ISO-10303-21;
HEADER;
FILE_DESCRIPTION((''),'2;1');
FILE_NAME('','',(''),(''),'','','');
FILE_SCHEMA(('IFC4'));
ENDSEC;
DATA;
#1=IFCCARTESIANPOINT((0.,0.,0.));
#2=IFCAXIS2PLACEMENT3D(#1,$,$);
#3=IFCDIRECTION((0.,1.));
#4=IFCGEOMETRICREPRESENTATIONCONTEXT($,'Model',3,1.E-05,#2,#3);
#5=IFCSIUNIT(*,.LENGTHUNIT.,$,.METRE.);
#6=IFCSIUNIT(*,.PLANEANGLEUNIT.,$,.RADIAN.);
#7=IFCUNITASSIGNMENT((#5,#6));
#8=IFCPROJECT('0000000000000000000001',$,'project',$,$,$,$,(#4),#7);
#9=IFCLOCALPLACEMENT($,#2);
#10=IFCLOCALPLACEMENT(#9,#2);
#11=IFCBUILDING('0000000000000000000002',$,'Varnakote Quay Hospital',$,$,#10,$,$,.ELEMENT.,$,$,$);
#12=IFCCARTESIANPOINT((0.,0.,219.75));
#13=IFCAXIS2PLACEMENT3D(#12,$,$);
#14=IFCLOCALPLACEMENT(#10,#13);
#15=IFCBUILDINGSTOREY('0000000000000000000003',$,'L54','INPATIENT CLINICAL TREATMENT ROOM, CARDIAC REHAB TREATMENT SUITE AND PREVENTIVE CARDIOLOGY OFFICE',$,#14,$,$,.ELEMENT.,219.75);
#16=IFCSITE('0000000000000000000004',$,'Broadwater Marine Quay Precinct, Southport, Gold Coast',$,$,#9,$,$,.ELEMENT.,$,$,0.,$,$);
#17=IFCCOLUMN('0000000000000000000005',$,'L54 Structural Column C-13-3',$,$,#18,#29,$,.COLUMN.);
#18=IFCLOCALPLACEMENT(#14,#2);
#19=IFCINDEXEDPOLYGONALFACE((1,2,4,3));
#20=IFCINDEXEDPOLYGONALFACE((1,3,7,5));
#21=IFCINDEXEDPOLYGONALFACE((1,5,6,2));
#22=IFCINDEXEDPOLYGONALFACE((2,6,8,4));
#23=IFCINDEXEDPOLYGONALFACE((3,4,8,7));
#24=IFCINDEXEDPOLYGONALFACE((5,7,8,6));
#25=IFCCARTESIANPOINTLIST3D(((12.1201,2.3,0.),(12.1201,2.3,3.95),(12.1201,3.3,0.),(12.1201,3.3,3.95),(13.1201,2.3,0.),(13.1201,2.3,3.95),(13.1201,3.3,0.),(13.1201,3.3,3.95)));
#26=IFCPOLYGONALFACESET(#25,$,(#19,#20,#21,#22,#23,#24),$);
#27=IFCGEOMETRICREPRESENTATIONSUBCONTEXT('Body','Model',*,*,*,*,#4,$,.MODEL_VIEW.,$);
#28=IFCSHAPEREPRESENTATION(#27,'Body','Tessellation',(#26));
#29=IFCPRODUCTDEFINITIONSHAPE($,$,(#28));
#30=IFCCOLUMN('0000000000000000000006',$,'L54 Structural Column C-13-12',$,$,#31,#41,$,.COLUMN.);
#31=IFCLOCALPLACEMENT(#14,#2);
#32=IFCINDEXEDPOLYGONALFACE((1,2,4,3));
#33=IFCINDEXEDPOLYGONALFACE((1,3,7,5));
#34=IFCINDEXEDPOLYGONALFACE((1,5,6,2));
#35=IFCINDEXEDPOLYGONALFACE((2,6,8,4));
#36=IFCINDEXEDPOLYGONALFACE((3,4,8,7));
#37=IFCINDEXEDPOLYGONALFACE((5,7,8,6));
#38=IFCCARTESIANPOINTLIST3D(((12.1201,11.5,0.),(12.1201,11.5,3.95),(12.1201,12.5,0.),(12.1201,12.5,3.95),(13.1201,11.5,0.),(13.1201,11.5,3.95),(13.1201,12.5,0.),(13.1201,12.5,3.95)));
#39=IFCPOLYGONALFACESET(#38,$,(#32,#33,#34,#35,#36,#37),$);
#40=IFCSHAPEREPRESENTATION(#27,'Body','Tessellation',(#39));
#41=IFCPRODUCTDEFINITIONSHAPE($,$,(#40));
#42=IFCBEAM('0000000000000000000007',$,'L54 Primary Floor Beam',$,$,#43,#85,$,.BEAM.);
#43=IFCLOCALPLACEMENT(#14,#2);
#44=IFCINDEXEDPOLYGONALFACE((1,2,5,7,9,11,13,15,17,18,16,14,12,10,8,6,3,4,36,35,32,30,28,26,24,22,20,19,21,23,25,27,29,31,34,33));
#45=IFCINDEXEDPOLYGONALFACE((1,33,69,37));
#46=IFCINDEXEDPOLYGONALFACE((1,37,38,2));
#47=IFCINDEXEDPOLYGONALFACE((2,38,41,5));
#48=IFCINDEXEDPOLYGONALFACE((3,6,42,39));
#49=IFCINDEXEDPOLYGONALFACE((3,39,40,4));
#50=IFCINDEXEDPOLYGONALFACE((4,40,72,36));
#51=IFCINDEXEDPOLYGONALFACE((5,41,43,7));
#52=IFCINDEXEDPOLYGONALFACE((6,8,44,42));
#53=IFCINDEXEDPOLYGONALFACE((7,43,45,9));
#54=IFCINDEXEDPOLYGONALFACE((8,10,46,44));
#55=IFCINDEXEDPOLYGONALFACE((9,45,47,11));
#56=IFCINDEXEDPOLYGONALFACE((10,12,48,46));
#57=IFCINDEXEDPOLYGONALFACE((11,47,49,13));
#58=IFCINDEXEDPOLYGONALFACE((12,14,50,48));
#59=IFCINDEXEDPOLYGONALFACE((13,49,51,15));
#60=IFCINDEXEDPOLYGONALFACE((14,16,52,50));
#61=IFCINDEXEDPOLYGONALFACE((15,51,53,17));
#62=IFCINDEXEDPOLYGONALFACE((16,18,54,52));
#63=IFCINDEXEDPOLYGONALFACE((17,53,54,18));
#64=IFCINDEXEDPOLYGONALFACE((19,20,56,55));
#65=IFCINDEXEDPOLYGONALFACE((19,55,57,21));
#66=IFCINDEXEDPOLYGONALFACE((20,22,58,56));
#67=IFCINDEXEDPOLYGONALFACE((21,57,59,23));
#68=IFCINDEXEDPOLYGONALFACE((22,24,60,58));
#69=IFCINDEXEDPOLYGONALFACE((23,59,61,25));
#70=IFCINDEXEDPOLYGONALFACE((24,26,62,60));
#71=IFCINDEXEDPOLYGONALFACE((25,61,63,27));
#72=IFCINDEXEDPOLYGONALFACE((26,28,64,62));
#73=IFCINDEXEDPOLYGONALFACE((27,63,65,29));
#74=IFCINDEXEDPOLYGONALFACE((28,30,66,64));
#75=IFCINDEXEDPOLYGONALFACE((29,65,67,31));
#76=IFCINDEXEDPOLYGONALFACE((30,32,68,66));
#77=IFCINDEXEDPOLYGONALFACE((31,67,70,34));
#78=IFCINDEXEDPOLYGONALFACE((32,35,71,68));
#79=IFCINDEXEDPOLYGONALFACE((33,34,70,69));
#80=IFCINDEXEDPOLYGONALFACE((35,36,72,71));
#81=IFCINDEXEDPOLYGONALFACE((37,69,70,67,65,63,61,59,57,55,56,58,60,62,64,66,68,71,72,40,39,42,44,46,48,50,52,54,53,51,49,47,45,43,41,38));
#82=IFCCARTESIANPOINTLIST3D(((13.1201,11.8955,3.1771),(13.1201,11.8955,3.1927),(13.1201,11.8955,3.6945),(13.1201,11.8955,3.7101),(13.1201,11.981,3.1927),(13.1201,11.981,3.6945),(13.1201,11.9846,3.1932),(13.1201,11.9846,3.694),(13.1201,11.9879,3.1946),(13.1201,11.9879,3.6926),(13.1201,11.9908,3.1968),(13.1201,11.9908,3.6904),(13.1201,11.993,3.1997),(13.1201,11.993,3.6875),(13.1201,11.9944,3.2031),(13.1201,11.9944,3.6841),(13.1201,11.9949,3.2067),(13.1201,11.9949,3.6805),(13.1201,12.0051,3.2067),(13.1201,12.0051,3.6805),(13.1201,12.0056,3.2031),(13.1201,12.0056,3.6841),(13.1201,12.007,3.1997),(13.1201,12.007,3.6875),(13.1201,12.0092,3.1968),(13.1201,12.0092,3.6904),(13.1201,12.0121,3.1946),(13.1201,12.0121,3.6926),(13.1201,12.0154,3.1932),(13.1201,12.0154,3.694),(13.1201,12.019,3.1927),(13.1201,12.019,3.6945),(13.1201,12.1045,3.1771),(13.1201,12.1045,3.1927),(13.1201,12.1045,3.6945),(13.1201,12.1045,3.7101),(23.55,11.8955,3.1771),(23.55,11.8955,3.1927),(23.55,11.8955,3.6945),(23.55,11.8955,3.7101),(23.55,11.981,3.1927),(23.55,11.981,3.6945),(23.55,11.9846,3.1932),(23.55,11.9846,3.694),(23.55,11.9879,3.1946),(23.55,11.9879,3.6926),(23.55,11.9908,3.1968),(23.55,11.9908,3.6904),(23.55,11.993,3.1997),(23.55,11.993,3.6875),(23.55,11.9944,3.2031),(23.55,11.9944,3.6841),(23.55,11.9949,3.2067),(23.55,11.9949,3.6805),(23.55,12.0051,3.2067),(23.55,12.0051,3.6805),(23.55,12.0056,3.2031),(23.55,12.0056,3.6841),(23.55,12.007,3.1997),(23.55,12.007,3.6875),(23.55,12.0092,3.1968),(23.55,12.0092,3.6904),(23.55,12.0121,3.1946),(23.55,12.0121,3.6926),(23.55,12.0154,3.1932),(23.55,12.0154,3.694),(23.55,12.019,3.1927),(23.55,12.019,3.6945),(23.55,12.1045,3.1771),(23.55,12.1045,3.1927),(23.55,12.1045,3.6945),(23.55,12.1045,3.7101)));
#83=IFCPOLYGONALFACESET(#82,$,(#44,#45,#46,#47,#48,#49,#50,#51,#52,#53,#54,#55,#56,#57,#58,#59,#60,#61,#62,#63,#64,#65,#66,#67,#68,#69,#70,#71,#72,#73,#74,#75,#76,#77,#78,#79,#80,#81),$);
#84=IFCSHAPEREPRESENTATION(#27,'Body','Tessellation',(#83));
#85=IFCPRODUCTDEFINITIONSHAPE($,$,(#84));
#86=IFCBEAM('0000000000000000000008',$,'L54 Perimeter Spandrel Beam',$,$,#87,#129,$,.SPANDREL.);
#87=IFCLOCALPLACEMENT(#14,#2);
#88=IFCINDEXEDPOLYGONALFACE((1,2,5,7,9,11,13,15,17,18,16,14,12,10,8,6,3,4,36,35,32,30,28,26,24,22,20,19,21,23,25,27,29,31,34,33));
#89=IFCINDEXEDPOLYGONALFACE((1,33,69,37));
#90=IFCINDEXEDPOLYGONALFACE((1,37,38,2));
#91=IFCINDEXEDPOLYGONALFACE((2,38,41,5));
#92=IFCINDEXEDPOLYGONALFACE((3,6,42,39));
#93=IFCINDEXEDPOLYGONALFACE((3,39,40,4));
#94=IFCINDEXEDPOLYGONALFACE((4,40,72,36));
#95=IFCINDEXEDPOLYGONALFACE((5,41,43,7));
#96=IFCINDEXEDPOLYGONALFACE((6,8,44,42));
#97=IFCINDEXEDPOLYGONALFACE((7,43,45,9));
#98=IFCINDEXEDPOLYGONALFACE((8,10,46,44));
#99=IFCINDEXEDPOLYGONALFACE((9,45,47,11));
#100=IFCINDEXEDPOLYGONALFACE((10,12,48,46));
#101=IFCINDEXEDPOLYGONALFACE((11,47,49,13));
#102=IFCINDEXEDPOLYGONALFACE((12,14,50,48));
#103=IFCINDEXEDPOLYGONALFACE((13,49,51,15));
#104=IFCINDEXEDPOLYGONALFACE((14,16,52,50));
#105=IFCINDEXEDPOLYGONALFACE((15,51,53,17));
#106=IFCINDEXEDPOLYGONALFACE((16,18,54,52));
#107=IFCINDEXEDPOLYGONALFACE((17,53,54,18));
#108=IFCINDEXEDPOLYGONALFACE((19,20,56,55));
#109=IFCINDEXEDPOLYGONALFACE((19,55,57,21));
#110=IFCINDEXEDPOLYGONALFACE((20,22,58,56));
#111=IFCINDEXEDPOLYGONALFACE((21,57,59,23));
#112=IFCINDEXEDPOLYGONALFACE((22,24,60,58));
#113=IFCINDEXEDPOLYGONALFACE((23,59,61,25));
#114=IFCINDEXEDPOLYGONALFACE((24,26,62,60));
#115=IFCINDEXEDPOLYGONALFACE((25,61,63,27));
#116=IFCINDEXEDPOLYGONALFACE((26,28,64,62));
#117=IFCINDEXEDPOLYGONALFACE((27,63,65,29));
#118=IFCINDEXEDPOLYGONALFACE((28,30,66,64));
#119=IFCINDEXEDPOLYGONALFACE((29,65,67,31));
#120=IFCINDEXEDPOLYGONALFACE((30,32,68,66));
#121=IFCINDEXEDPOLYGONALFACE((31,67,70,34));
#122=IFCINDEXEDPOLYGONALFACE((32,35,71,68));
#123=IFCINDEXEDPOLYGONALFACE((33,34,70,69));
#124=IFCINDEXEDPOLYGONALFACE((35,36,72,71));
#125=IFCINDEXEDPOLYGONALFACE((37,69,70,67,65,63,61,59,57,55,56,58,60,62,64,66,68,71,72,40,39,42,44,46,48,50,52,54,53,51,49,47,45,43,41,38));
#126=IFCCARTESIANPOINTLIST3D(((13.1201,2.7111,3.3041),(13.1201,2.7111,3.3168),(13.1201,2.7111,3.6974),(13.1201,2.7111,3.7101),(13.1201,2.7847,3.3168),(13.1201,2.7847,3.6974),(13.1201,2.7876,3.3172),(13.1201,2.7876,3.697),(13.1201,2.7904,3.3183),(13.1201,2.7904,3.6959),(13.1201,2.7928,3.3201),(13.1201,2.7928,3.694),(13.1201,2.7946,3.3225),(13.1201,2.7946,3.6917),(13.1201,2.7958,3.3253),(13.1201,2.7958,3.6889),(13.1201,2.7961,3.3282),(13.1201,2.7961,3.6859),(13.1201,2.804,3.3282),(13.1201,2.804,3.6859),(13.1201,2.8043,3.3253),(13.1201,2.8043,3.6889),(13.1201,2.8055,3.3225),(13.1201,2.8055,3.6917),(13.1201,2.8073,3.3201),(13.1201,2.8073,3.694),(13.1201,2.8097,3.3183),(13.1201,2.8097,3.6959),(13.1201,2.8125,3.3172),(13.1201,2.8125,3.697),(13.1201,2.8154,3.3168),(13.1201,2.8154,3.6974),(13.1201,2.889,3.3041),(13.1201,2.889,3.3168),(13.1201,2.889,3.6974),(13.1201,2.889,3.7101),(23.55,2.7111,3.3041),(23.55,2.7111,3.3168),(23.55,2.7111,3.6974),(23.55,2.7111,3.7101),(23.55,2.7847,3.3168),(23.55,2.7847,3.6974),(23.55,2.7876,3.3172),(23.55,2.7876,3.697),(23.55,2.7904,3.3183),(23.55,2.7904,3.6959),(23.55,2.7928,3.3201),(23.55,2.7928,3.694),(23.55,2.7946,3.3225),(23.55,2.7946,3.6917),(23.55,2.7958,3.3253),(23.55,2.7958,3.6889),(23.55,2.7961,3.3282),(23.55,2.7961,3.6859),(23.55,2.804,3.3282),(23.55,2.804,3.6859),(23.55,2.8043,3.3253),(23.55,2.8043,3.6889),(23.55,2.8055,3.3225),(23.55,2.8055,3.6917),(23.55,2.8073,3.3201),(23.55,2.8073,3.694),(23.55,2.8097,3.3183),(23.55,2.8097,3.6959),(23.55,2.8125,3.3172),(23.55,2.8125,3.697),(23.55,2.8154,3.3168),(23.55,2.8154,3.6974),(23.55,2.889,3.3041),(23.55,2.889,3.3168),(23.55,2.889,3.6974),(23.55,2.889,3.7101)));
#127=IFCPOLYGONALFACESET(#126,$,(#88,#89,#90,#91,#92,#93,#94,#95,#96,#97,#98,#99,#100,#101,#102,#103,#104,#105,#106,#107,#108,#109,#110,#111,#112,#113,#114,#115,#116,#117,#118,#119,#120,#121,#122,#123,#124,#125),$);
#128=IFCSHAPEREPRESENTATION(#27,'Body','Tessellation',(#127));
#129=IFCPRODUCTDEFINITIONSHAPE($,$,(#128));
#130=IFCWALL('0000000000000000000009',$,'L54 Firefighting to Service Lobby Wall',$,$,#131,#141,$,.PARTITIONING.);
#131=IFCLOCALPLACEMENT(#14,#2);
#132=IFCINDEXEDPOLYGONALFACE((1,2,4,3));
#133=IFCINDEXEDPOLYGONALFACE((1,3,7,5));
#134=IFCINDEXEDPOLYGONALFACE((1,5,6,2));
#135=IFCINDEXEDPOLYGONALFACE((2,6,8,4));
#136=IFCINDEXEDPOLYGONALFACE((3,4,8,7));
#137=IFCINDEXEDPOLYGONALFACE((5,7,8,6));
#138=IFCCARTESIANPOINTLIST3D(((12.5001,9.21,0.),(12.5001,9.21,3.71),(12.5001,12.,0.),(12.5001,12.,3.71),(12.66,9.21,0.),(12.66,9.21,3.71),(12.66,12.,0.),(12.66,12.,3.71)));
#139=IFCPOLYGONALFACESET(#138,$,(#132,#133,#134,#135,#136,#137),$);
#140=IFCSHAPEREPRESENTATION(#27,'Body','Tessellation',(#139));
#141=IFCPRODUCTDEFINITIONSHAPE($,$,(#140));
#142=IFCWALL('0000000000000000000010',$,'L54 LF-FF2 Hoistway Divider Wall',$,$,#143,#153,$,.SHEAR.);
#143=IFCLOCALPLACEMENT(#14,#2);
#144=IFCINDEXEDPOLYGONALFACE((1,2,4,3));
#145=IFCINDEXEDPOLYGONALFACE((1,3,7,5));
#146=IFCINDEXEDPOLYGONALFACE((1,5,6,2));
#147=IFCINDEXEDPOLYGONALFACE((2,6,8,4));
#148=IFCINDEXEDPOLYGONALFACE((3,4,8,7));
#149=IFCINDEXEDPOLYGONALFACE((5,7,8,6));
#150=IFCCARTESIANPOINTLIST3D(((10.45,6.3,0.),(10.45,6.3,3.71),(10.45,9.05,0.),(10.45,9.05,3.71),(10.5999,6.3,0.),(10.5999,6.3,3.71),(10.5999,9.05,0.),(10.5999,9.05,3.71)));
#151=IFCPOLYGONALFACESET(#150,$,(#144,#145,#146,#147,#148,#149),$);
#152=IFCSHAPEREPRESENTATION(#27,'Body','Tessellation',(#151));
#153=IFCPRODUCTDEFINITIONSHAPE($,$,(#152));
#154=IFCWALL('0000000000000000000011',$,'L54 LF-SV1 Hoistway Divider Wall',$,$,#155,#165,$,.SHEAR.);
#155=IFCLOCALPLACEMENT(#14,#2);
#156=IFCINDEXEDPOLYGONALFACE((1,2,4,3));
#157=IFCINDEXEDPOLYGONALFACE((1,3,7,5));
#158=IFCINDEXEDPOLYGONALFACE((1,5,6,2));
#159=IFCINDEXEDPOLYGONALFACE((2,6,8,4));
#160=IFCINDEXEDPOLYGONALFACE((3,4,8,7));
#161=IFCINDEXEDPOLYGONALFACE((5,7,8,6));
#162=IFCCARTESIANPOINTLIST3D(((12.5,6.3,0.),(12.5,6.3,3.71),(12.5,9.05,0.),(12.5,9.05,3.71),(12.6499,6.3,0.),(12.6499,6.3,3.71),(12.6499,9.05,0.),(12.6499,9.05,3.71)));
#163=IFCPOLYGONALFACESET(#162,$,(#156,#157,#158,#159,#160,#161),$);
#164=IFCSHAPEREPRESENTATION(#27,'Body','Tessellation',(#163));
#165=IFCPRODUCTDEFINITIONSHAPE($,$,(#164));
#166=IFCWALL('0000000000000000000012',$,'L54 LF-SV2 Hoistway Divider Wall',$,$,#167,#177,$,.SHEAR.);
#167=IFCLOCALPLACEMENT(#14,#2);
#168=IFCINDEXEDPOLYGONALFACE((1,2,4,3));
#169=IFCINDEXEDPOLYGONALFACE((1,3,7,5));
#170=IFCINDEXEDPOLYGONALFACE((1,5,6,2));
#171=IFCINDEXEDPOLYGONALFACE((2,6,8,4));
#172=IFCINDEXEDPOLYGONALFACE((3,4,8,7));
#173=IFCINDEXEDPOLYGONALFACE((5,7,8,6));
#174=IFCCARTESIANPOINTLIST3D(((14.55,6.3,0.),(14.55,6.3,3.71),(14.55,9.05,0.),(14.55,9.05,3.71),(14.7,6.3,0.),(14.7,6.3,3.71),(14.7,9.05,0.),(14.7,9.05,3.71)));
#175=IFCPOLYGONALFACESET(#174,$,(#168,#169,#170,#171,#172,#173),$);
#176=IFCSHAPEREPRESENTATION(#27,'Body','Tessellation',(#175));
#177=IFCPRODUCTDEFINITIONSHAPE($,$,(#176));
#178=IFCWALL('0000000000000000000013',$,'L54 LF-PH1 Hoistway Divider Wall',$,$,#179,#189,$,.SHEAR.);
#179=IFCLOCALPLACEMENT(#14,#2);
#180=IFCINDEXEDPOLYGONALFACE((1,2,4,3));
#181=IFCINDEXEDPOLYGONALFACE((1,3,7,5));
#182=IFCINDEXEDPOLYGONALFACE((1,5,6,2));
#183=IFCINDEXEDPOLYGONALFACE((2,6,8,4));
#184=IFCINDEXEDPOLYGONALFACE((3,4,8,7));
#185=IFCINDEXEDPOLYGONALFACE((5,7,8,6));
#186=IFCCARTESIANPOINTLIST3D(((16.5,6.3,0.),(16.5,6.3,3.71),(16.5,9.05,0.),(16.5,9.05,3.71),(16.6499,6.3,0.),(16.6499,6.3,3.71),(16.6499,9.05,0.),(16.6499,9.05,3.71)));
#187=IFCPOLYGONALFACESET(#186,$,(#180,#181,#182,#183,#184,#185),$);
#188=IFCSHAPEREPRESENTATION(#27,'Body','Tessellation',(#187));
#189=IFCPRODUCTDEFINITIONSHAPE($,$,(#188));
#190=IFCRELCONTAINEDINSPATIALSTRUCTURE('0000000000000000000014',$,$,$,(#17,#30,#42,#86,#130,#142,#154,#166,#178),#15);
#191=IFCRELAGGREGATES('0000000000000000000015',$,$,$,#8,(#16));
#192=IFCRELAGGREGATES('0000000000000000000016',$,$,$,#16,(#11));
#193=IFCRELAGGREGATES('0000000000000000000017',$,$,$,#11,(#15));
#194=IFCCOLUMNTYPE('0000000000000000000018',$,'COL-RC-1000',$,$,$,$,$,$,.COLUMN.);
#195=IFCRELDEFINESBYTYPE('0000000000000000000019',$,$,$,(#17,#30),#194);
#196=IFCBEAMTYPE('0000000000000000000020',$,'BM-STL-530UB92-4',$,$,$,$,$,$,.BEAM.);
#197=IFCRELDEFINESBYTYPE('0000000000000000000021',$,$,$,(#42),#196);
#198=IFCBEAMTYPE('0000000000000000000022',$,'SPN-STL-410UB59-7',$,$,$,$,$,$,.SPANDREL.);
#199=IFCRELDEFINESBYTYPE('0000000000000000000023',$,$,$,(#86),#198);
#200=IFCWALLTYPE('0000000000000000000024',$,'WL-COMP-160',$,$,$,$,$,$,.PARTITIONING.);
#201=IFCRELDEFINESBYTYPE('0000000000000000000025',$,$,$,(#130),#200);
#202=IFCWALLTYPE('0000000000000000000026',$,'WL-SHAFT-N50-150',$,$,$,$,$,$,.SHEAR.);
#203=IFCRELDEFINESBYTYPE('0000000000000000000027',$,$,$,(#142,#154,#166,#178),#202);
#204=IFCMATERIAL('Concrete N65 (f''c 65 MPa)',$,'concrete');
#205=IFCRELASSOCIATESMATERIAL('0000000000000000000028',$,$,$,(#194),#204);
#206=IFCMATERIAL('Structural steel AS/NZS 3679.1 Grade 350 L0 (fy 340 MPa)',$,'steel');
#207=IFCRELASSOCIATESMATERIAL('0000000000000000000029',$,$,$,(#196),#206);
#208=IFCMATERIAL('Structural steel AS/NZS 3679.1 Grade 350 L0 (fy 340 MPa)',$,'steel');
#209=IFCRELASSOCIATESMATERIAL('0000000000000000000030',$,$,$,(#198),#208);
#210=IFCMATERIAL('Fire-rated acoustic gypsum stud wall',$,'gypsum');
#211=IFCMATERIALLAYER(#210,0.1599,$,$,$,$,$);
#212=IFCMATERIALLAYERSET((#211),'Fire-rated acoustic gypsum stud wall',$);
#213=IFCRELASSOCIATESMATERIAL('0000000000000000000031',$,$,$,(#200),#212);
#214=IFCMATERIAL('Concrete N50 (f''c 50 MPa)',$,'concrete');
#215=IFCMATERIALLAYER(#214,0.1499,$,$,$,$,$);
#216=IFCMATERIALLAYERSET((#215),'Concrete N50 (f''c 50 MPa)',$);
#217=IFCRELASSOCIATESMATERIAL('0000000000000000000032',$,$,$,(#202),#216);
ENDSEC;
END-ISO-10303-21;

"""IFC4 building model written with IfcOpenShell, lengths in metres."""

from ifc_helpers import new_model, si_unit, direction, frame, frame_2d, origin, origin_2d, place, context, subcontext, project, spatial, rectangle, i_section, extrude, material, layer, layer_set, material_profile, profile_set, type_object, element, save


model = new_model("IFC4")

# Units and contexts
model_context = context("Model", 3, precision=1e-05, world=origin(), true_north=direction((0.0, 1.0)))
body_context = subcontext(model_context, "Body", "Model", "MODEL_VIEW")
ifc_project = project(units=[si_unit("LENGTHUNIT", "METRE"), si_unit("PLANEANGLEUNIT", "RADIAN")], contexts=[model_context])

# Site, building, storey
site_placement = place(None, origin())
site = spatial("IfcSite", under=ifc_project, at=site_placement, Name="Broadwater Marine Quay Precinct, Southport, Gold Coast", CompositionType="ELEMENT", RefElevation=0.0)
building_placement = place(site_placement, origin())
building = spatial("IfcBuilding", under=site, at=building_placement, Name="Varnakote Quay Hospital", CompositionType="ELEMENT")
storey_placement = place(building_placement, frame((0.0, 0.0, 219.75)))
storey = spatial("IfcBuildingStorey", under=building, at=storey_placement, Name="L54", Description="INPATIENT CLINICAL TREATMENT ROOM, CARDIAC REHAB TREATMENT SUITE AND PREVENTIVE CARDIOLOGY OFFICE", CompositionType="ELEMENT", Elevation=219.75)

# Columns
ifc_material_1 = material(Name="Concrete N65 (f'c 65 MPa)", Category="concrete")
ifc_material_profile_1 = material_profile(ifc_material_1, rectangle(XDim=1.0, YDim=1.0, at=origin_2d()), Name="RC-COL-1000x1000")
ifc_profile_set_1 = profile_set([ifc_material_profile_1], Name="Concrete N65 (f'c 65 MPa)")
column_type = type_object("IfcColumnType", Name="COL-RC-1000", PredefinedType="COLUMN", material=ifc_profile_set_1)
for number, where, z_axis, x_axis, name in (
    (1, (12.6201, 2.8, 0.0), (0.0, 0.0, 1.0), (1.0, 0.0, 0.0), "L54 Structural Column C-13-3"),
    (2, (12.6201, 12.0, 0.0), (0.0, 0.0, 1.0), (1.0, 0.0, 0.0), "L54 Structural Column C-13-12"),
):
    element("IfcColumn", number, at=place(storey_placement, frame(where, z_axis=z_axis, x_axis=x_axis)), inside=storey, type_object=column_type, Name=name, PredefinedType="COLUMN", context=body_context, shape_type="SweptSolid", body=[
        extrude(rectangle(XDim=1.0, YDim=1.0, at=origin_2d()), origin(), (0.0, 0.0, 1.0), 3.95),
    ])

# Beams
ifc_material_2 = material(Name="Structural steel AS/NZS 3679.1 Grade 350 L0 (fy 340 MPa)", Category="steel")
ifc_material_profile_2 = material_profile(ifc_material_2, i_section(OverallWidth=0.209, OverallDepth=0.533, WebThickness=0.0103, FlangeThickness=0.0156, FilletRadius=0.0139, at=origin_2d()), Name="530UB92.4")
ifc_profile_set_2 = profile_set([ifc_material_profile_2], Name="Structural steel AS/NZS 3679.1 Grade 350 L0 (fy 340 MPa)")
beam_type_1 = type_object("IfcBeamType", Name="BM-STL-530UB92-4", PredefinedType="BEAM", material=ifc_profile_set_2)
beam_1_placement = place(storey_placement, frame((13.1201, 12.0, 3.4436), z_axis=(1.0, 0.0, 0.0), x_axis=(0.0, 1.0, 0.0)))
element("IfcBeam", 3, at=beam_1_placement, inside=storey, type_object=beam_type_1, Name="L54 Primary Floor Beam", PredefinedType="BEAM", context=body_context, shape_type="SweptSolid", body=[
    extrude(i_section(OverallWidth=0.209, OverallDepth=0.533, WebThickness=0.0103, FlangeThickness=0.0156, FilletRadius=0.0139, at=origin_2d()), origin(), (0.0, 0.0, 1.0), 10.4299),
])
ifc_material_3 = material(Name="Structural steel AS/NZS 3679.1 Grade 350 L0 (fy 340 MPa)", Category="steel")
ifc_material_profile_3 = material_profile(ifc_material_3, i_section(OverallWidth=0.178, OverallDepth=0.406, WebThickness=0.0078, FlangeThickness=0.0127, FilletRadius=0.0115, at=origin_2d()), Name="410UB59.7")
ifc_profile_set_3 = profile_set([ifc_material_profile_3], Name="Structural steel AS/NZS 3679.1 Grade 350 L0 (fy 340 MPa)")
beam_type_2 = type_object("IfcBeamType", Name="SPN-STL-410UB59-7", PredefinedType="SPANDREL", material=ifc_profile_set_3)
beam_2_placement = place(storey_placement, frame((13.1201, 2.8, 3.5071), z_axis=(1.0, 0.0, 0.0), x_axis=(0.0, 1.0, 0.0)))
element("IfcBeam", 4, at=beam_2_placement, inside=storey, type_object=beam_type_2, Name="L54 Perimeter Spandrel Beam", PredefinedType="SPANDREL", context=body_context, shape_type="SweptSolid", body=[
    extrude(i_section(OverallWidth=0.178, OverallDepth=0.406, WebThickness=0.0078, FlangeThickness=0.0127, FilletRadius=0.0115, at=origin_2d()), origin(), (0.0, 0.0, 1.0), 10.4299),
])

# Walls
ifc_material_4 = material(Name="Fire-rated acoustic gypsum stud wall", Category="gypsum")
ifc_layer_1 = layer(ifc_material_4, 0.1599)
ifc_layer_set_1 = layer_set([ifc_layer_1], Name="Fire-rated acoustic gypsum stud wall")
wall_type_1 = type_object("IfcWallType", Name="WL-COMP-160", PredefinedType="PARTITIONING", material=ifc_layer_set_1)
wall_1_placement = place(storey_placement, frame((12.5801, 9.21, 0.0), z_axis=(0.0, 0.0, 1.0), x_axis=(0.0, 1.0, 0.0)))
element("IfcWall", 5, at=wall_1_placement, inside=storey, type_object=wall_type_1, Name="L54 Firefighting to Service Lobby Wall", PredefinedType="PARTITIONING", context=body_context, shape_type="SweptSolid", body=[
    extrude(rectangle(XDim=2.79, YDim=0.1599, at=frame_2d((1.395, 0.0))), origin(), (0.0, 0.0, 1.0), 3.71),
])
ifc_material_5 = material(Name="Concrete N50 (f'c 50 MPa)", Category="concrete")
ifc_layer_2 = layer(ifc_material_5, 0.1499)
ifc_layer_set_2 = layer_set([ifc_layer_2], Name="Concrete N50 (f'c 50 MPa)")
wall_type_2 = type_object("IfcWallType", Name="WL-SHAFT-N50-150", PredefinedType="SHEAR", material=ifc_layer_set_2)
for number, where, z_axis, x_axis, name in (
    (6, (10.5249, 6.3, 0.0), (0.0, 0.0, 1.0), (0.0, 1.0, 0.0), "L54 LF-FF2 Hoistway Divider Wall"),
    (7, (12.575, 6.3, 0.0), (0.0, 0.0, 1.0), (0.0, 1.0, 0.0), "L54 LF-SV1 Hoistway Divider Wall"),
    (8, (14.625, 6.3, 0.0), (0.0, 0.0, 1.0), (0.0, 1.0, 0.0), "L54 LF-SV2 Hoistway Divider Wall"),
    (9, (16.575, 6.3, 0.0), (0.0, 0.0, 1.0), (0.0, 1.0, 0.0), "L54 LF-PH1 Hoistway Divider Wall"),
):
    element("IfcWall", number, at=place(storey_placement, frame(where, z_axis=z_axis, x_axis=x_axis)), inside=storey, type_object=wall_type_2, Name=name, PredefinedType="SHEAR", context=body_context, shape_type="SweptSolid", body=[
        extrude(rectangle(XDim=2.75, YDim=0.1499, at=frame_2d((1.375, 0.0))), origin(), (0.0, 0.0, 1.0), 3.71),
    ])

save(model, "model.ifc")
